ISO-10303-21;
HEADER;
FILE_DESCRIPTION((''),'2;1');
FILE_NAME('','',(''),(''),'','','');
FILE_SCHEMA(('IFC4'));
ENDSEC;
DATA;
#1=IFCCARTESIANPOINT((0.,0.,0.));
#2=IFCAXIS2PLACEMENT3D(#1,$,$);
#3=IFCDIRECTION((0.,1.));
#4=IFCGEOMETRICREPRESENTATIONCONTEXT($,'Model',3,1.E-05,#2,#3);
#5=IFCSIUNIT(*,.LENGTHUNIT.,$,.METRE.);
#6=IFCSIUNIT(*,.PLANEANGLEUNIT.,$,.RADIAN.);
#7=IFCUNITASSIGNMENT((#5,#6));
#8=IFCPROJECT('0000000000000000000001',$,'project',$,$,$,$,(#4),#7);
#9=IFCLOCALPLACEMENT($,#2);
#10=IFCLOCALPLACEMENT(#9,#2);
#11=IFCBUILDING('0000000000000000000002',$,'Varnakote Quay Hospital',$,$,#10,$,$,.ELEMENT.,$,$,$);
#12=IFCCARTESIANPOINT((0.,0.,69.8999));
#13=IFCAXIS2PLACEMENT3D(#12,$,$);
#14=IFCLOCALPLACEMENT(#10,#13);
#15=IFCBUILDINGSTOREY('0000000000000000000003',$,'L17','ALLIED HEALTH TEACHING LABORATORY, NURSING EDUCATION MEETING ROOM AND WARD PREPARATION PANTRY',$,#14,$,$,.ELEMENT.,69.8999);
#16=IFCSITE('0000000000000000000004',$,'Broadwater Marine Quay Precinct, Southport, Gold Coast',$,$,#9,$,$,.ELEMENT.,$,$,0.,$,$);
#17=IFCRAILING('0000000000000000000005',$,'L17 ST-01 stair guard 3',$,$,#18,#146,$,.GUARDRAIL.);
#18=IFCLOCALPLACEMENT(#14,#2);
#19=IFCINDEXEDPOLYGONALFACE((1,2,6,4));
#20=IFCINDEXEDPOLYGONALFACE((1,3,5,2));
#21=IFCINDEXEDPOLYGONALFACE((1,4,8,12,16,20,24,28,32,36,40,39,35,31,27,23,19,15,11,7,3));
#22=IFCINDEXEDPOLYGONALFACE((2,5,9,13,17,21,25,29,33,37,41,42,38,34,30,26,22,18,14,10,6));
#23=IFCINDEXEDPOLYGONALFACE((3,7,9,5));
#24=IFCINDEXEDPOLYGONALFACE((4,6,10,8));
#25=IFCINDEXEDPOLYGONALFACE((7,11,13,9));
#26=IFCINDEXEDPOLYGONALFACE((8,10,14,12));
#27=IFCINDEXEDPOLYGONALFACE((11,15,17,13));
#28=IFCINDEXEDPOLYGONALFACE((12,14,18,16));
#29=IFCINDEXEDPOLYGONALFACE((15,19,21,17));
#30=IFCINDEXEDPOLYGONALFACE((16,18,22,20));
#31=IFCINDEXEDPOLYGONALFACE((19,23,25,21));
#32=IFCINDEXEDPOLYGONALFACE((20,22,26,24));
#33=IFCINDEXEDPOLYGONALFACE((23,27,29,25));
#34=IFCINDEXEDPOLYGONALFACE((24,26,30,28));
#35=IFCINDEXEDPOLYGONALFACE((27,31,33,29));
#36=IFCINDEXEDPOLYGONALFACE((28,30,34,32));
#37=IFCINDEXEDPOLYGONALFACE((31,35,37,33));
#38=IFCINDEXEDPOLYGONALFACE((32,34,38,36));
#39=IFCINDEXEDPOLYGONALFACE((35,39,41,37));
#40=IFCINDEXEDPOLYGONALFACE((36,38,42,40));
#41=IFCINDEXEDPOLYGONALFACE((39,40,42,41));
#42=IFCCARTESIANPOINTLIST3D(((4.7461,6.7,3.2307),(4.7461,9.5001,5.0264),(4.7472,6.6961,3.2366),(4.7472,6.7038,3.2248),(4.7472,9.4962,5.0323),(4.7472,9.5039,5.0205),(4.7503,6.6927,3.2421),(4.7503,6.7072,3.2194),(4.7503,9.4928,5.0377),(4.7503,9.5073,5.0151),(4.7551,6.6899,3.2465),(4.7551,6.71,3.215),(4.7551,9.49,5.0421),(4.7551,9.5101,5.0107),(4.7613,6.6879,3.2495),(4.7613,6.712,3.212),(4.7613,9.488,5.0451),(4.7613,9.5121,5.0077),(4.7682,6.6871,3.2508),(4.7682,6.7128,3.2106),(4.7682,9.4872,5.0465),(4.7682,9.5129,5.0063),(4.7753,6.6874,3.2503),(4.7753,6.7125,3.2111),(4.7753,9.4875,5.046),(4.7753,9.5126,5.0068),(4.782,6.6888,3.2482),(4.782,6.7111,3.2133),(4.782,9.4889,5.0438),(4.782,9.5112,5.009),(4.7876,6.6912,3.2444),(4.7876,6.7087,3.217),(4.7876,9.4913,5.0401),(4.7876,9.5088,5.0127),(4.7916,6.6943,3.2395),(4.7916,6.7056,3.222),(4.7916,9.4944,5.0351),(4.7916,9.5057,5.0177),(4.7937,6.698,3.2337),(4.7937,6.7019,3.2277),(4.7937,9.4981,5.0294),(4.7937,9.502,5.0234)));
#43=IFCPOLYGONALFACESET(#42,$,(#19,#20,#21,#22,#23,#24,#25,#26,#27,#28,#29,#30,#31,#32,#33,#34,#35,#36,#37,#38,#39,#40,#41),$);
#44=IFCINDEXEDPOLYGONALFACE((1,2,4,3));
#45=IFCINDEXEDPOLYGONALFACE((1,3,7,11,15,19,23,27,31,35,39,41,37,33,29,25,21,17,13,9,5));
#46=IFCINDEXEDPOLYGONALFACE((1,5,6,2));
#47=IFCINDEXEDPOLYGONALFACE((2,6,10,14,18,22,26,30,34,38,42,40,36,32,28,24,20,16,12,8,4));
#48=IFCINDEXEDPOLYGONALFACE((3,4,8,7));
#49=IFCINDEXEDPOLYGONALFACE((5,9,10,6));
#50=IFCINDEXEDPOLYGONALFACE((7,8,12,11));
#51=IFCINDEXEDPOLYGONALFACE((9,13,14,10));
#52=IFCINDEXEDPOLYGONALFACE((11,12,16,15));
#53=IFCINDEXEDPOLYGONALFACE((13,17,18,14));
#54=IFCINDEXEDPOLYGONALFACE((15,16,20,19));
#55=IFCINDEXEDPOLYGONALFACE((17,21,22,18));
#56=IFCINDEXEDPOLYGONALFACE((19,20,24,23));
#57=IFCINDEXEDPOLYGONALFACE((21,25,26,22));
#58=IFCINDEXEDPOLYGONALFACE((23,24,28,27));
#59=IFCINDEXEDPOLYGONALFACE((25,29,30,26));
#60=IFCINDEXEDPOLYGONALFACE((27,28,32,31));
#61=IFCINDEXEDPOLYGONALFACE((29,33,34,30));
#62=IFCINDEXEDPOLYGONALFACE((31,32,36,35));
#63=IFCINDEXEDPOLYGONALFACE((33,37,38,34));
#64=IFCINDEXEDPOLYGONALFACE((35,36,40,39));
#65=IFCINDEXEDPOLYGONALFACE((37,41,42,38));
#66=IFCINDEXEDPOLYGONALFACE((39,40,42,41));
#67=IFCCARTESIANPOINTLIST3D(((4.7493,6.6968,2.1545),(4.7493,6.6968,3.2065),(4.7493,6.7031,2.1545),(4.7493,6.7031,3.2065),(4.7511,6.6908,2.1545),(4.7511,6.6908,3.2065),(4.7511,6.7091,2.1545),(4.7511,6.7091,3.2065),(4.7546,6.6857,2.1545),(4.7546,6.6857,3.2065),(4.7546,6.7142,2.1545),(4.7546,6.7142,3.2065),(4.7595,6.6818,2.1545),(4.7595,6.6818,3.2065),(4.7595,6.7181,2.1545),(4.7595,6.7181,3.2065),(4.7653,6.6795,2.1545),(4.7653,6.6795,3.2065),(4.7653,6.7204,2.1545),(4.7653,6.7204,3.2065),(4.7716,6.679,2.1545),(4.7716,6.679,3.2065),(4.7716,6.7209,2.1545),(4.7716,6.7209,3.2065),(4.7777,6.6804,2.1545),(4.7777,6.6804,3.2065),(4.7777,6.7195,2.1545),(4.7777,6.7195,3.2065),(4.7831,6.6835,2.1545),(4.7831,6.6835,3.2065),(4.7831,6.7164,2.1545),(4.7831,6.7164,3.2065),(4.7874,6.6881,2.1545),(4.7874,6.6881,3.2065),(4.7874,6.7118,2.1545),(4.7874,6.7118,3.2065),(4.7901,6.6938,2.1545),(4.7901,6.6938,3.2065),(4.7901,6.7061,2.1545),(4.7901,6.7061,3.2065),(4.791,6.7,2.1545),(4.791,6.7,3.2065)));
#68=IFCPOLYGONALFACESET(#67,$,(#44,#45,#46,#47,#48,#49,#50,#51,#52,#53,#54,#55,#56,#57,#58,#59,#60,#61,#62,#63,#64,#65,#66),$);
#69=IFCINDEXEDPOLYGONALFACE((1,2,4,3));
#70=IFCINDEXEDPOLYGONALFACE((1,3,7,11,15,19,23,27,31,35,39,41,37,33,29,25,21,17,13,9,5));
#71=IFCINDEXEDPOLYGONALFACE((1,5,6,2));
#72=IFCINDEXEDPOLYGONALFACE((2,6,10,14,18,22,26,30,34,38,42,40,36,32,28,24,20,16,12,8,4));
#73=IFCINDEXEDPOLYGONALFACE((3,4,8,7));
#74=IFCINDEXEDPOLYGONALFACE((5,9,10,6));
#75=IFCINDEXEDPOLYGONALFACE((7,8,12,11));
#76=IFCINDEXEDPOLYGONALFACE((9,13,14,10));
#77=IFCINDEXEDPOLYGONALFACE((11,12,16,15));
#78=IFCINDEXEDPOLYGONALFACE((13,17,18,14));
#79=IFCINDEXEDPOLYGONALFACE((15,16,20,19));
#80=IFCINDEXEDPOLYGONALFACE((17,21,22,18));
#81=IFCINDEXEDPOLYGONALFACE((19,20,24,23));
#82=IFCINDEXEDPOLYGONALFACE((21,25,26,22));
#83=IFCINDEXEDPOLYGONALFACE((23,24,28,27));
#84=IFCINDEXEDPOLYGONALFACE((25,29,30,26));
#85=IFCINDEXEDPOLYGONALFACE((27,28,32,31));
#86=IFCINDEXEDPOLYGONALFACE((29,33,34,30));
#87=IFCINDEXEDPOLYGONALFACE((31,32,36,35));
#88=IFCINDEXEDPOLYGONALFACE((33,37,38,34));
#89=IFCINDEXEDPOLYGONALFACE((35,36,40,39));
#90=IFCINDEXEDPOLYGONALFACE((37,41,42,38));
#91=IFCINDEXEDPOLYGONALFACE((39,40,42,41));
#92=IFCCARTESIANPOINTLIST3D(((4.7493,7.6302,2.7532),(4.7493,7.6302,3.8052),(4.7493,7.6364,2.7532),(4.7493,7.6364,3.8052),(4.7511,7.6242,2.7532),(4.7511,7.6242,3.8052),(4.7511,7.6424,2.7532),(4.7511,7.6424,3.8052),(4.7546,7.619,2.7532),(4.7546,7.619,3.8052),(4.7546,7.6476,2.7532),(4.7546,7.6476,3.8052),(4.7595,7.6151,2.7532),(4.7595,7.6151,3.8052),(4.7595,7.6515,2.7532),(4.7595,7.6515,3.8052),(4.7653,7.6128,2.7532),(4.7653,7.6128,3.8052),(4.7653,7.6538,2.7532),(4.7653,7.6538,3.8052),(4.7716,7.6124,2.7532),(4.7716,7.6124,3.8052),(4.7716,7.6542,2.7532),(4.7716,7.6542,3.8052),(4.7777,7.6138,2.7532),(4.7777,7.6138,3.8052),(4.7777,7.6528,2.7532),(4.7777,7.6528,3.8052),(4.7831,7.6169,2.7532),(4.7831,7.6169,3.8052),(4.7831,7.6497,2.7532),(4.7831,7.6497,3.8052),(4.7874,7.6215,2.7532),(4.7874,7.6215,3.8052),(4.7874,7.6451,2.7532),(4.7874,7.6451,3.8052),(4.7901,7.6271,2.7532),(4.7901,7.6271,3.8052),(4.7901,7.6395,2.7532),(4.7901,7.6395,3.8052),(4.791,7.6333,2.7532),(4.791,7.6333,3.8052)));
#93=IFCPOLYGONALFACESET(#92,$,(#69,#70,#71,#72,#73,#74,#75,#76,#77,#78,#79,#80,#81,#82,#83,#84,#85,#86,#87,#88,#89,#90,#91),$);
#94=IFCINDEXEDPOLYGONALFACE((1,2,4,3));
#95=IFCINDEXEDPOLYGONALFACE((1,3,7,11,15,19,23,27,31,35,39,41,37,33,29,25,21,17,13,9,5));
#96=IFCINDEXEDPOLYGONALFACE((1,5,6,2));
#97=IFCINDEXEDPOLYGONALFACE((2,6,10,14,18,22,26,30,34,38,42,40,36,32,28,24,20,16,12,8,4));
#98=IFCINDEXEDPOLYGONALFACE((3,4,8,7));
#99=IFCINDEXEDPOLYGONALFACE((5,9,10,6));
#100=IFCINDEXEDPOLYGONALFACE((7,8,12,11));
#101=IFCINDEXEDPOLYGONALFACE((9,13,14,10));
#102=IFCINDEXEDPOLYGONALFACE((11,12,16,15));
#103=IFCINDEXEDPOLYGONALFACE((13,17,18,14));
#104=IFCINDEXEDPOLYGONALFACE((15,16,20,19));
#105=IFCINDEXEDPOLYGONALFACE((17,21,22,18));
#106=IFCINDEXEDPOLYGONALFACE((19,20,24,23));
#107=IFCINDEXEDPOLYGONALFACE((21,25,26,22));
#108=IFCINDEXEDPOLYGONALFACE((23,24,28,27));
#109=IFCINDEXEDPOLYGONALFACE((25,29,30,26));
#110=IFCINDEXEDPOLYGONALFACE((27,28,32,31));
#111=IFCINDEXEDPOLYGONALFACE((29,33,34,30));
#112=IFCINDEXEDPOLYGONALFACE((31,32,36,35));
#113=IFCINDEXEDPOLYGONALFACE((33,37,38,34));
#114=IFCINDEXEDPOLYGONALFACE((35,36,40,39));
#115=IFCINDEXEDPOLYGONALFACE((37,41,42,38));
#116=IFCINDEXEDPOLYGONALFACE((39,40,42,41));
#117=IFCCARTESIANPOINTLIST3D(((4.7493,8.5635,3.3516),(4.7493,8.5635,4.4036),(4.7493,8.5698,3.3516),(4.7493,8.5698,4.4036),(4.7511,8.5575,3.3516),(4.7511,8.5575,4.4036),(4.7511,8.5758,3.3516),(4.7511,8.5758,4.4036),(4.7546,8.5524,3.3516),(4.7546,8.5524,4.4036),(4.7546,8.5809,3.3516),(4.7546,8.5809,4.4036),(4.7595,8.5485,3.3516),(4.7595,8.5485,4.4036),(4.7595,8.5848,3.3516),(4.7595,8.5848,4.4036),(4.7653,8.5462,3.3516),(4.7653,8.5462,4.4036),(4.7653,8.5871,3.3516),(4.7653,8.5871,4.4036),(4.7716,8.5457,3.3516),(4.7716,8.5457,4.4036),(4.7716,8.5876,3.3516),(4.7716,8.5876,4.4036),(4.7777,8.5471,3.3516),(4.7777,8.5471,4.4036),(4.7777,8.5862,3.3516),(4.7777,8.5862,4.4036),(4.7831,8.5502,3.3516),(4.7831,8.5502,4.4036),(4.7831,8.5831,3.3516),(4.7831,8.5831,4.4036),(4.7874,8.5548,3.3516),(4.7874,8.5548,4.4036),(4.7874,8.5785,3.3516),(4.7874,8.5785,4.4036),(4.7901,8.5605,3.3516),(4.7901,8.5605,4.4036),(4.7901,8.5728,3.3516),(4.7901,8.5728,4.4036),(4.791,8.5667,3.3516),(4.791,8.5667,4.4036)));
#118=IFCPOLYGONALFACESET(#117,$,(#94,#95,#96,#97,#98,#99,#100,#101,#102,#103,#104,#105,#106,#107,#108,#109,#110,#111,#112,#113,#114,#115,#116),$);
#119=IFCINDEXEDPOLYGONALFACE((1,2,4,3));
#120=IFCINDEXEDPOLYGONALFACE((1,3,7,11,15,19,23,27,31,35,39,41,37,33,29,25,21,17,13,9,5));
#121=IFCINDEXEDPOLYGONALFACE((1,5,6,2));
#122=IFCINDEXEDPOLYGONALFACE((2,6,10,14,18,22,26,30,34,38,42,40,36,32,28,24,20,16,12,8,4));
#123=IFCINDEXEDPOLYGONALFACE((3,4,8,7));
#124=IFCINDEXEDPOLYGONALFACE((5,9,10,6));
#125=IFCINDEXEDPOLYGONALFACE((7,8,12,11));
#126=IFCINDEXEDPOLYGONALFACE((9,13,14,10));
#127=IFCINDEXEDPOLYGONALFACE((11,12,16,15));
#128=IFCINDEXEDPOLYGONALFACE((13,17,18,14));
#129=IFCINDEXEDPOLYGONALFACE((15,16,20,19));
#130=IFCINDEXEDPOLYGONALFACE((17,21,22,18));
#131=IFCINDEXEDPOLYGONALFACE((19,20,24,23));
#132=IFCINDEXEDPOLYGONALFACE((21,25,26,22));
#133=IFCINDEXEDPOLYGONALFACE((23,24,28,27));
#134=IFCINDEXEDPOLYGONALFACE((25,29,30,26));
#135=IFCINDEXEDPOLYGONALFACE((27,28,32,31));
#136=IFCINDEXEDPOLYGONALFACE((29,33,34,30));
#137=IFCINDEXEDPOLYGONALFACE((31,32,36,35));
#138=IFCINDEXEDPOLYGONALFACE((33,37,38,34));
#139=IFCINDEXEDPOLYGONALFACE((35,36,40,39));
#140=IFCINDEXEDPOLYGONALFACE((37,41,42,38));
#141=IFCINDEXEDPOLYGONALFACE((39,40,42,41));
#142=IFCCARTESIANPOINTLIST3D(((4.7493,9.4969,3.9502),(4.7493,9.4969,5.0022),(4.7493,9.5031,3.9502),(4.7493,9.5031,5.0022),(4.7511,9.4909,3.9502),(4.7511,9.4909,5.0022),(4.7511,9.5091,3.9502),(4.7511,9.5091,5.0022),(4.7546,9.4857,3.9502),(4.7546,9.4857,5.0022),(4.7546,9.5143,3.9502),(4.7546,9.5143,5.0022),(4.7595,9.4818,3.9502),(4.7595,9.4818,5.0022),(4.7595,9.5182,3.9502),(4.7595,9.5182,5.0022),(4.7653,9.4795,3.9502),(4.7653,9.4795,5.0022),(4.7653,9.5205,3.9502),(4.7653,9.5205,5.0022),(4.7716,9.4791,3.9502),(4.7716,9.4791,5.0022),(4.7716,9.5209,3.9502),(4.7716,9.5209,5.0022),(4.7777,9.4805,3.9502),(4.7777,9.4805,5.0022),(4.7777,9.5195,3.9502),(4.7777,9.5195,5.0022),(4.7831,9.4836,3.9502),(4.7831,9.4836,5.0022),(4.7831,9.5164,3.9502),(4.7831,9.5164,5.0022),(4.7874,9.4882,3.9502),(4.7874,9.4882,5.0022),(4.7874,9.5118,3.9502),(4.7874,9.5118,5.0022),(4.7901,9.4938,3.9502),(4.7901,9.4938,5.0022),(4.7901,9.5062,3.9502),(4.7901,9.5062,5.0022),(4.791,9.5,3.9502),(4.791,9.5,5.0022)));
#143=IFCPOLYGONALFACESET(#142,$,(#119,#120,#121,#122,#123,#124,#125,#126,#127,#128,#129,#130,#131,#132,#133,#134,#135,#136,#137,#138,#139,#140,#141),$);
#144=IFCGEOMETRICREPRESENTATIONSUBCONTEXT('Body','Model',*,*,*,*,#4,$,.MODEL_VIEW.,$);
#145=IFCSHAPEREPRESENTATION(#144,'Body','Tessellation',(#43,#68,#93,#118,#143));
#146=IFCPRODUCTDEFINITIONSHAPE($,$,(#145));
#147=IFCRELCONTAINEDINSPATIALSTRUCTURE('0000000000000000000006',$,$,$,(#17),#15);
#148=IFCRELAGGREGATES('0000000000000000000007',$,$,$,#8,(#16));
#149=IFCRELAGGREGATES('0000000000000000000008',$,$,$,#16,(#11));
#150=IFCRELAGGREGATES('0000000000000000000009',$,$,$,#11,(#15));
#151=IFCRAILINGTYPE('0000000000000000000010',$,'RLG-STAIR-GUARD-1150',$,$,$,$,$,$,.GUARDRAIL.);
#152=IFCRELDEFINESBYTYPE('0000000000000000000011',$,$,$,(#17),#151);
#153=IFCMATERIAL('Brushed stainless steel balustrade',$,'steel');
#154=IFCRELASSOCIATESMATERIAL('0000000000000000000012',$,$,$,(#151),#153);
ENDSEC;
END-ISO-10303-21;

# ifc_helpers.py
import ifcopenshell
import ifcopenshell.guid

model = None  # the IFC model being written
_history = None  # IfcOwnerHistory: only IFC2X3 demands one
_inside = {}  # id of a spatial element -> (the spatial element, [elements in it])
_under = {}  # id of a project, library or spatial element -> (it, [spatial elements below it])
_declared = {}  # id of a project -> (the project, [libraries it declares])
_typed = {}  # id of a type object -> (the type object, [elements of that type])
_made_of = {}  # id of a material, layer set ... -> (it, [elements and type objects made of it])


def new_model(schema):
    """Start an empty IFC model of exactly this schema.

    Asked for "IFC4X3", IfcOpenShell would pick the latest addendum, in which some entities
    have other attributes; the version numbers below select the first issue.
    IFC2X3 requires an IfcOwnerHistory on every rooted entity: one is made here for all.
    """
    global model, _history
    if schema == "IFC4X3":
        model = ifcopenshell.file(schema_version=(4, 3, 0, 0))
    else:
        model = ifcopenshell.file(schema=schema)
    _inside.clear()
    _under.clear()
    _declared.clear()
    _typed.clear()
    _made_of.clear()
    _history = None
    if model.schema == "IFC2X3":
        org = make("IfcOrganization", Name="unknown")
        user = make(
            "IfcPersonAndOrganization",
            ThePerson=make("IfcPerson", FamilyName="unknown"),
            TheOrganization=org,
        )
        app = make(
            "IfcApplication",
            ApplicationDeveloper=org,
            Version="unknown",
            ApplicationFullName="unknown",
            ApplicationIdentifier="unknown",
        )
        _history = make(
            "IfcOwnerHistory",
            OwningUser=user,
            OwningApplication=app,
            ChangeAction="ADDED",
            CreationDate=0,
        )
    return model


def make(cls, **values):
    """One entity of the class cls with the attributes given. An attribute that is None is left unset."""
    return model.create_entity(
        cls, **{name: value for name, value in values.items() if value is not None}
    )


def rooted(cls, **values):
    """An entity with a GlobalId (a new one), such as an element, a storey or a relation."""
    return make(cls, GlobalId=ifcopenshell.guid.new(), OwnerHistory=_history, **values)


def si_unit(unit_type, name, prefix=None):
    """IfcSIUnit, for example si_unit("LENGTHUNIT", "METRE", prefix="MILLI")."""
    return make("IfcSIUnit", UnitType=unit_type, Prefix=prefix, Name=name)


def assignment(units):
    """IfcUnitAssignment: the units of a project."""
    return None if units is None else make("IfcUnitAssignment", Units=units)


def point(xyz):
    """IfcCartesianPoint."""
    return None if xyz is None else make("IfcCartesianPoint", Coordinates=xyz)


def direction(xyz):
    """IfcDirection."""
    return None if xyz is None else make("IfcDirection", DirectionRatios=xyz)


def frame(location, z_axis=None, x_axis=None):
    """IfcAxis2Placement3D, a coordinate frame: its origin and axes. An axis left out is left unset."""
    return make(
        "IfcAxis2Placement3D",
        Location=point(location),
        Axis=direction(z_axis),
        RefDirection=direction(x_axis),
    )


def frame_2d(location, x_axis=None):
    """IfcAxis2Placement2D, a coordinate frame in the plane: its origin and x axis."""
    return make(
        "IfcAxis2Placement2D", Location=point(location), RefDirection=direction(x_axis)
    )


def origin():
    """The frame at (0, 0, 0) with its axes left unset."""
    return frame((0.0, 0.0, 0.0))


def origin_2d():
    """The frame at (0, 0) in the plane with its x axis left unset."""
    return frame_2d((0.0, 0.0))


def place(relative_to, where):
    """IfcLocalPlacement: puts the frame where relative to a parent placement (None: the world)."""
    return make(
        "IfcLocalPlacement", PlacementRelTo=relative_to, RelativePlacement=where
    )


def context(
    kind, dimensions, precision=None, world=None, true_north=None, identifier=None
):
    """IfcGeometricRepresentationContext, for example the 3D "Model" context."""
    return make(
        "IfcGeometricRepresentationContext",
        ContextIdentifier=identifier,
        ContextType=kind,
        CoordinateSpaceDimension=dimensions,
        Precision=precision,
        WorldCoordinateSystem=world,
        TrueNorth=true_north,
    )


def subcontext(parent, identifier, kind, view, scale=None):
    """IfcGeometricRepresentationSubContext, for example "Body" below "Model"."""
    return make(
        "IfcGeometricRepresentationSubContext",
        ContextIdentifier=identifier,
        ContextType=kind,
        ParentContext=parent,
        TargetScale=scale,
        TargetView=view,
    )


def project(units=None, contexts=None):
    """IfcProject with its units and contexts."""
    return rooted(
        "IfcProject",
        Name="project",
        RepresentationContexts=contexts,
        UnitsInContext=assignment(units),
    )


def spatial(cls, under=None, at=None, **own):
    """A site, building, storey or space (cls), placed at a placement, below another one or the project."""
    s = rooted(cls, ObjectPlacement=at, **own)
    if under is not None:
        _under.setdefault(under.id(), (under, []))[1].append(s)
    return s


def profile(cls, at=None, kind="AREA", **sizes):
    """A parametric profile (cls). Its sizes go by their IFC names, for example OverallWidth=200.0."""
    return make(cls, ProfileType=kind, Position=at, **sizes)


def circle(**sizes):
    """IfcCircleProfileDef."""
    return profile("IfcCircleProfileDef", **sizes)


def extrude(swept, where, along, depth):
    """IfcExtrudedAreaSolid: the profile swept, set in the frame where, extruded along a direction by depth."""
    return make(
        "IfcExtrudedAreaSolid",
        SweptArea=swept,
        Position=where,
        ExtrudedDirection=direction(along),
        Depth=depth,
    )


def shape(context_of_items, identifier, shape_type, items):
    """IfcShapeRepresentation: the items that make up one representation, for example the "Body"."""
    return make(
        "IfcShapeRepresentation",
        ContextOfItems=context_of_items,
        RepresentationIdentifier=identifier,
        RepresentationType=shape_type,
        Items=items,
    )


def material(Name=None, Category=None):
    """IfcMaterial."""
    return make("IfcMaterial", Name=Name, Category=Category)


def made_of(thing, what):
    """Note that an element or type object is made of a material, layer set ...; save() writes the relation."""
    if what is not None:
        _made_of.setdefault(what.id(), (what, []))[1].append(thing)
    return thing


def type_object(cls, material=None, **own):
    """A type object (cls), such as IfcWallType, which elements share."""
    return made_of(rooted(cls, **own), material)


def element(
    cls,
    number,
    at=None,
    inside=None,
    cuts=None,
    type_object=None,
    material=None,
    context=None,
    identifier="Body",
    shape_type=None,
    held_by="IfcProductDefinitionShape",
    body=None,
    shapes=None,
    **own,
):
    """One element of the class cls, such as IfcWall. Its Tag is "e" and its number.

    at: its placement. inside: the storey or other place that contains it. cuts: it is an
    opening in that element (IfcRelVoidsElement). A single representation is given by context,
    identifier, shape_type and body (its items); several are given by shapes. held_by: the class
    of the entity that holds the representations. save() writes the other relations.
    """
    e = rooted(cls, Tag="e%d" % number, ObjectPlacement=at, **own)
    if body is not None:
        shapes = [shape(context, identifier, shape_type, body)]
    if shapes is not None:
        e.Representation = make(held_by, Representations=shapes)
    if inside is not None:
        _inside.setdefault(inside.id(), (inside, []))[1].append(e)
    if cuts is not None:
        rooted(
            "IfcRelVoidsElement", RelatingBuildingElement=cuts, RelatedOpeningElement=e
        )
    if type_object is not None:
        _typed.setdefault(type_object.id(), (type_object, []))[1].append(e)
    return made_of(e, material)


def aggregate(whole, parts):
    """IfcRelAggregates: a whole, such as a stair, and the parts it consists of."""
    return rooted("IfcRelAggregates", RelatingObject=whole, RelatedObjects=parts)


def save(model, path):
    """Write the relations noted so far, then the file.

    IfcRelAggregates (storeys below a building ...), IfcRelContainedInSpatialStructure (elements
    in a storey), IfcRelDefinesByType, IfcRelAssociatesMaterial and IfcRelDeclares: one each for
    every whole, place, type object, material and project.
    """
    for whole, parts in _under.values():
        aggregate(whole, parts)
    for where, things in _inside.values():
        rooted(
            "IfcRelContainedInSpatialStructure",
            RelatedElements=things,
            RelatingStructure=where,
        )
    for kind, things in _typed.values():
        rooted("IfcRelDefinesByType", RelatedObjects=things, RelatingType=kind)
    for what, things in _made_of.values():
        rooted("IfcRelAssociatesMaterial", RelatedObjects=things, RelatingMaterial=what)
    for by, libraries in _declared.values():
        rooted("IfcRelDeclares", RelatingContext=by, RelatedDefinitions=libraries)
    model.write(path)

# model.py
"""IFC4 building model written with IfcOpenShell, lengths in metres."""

from ifc_helpers import new_model, si_unit, direction, frame, origin, origin_2d, place, context, subcontext, project, spatial, circle, extrude, material, type_object, element, save


model = new_model("IFC4")

# Units and contexts
model_context = context("Model", 3, precision=1e-05, world=origin(), true_north=direction((0.0, 1.0)))
body_context = subcontext(model_context, "Body", "Model", "MODEL_VIEW")
ifc_project = project(units=[si_unit("LENGTHUNIT", "METRE"), si_unit("PLANEANGLEUNIT", "RADIAN")], contexts=[model_context])

# Site, building, storey
site_placement = place(None, origin())
site = spatial("IfcSite", under=ifc_project, at=site_placement, Name="Broadwater Marine Quay Precinct, Southport, Gold Coast", CompositionType="ELEMENT", RefElevation=0.0)
building_placement = place(site_placement, origin())
building = spatial("IfcBuilding", under=site, at=building_placement, Name="Varnakote Quay Hospital", CompositionType="ELEMENT")
storey_placement = place(building_placement, frame((0.0, 0.0, 69.8999)))
storey = spatial("IfcBuildingStorey", under=building, at=storey_placement, Name="L17", Description="ALLIED HEALTH TEACHING LABORATORY, NURSING EDUCATION MEETING ROOM AND WARD PREPARATION PANTRY", CompositionType="ELEMENT", Elevation=69.8999)

# Railing
ifc_material_1 = material(Name="Brushed stainless steel balustrade", Category="steel")
railing_type_1 = type_object("IfcRailingType", Name="RLG-STAIR-GUARD-1150", PredefinedType="GUARDRAIL", material=ifc_material_1)
railing_1_placement = place(storey_placement, frame((4.77, 6.7, 2.1545)))
element("IfcRailing", 1, at=railing_1_placement, inside=storey, type_object=railing_type_1, Name="L17 ST-01 stair guard 3", PredefinedType="GUARDRAIL", context=body_context, shape_type="SweptSolid", body=[
    extrude(circle(Radius=0.0239, at=origin_2d()), frame((0.0, 0.0, 1.0762), z_axis=(0.0, 0.841777, 0.539826), x_axis=(-1.0, 0.0, 0.0)), (0.0, 0.0, 1.0), 3.3264),
    extrude(circle(Radius=0.021, at=origin_2d()), origin(), (0.0, 0.0, 1.0), 1.052),
    extrude(circle(Radius=0.021, at=origin_2d()), frame((0.0, 0.9333, 0.5986)), (0.0, 0.0, 1.0), 1.052),
    extrude(circle(Radius=0.021, at=origin_2d()), frame((0.0, 1.8667, 1.197)), (0.0, 0.0, 1.0), 1.052),
    extrude(circle(Radius=0.021, at=origin_2d()), frame((0.0, 2.8, 1.7957)), (0.0, 0.0, 1.0), 1.052),
])

save(model, "model.ifc")
